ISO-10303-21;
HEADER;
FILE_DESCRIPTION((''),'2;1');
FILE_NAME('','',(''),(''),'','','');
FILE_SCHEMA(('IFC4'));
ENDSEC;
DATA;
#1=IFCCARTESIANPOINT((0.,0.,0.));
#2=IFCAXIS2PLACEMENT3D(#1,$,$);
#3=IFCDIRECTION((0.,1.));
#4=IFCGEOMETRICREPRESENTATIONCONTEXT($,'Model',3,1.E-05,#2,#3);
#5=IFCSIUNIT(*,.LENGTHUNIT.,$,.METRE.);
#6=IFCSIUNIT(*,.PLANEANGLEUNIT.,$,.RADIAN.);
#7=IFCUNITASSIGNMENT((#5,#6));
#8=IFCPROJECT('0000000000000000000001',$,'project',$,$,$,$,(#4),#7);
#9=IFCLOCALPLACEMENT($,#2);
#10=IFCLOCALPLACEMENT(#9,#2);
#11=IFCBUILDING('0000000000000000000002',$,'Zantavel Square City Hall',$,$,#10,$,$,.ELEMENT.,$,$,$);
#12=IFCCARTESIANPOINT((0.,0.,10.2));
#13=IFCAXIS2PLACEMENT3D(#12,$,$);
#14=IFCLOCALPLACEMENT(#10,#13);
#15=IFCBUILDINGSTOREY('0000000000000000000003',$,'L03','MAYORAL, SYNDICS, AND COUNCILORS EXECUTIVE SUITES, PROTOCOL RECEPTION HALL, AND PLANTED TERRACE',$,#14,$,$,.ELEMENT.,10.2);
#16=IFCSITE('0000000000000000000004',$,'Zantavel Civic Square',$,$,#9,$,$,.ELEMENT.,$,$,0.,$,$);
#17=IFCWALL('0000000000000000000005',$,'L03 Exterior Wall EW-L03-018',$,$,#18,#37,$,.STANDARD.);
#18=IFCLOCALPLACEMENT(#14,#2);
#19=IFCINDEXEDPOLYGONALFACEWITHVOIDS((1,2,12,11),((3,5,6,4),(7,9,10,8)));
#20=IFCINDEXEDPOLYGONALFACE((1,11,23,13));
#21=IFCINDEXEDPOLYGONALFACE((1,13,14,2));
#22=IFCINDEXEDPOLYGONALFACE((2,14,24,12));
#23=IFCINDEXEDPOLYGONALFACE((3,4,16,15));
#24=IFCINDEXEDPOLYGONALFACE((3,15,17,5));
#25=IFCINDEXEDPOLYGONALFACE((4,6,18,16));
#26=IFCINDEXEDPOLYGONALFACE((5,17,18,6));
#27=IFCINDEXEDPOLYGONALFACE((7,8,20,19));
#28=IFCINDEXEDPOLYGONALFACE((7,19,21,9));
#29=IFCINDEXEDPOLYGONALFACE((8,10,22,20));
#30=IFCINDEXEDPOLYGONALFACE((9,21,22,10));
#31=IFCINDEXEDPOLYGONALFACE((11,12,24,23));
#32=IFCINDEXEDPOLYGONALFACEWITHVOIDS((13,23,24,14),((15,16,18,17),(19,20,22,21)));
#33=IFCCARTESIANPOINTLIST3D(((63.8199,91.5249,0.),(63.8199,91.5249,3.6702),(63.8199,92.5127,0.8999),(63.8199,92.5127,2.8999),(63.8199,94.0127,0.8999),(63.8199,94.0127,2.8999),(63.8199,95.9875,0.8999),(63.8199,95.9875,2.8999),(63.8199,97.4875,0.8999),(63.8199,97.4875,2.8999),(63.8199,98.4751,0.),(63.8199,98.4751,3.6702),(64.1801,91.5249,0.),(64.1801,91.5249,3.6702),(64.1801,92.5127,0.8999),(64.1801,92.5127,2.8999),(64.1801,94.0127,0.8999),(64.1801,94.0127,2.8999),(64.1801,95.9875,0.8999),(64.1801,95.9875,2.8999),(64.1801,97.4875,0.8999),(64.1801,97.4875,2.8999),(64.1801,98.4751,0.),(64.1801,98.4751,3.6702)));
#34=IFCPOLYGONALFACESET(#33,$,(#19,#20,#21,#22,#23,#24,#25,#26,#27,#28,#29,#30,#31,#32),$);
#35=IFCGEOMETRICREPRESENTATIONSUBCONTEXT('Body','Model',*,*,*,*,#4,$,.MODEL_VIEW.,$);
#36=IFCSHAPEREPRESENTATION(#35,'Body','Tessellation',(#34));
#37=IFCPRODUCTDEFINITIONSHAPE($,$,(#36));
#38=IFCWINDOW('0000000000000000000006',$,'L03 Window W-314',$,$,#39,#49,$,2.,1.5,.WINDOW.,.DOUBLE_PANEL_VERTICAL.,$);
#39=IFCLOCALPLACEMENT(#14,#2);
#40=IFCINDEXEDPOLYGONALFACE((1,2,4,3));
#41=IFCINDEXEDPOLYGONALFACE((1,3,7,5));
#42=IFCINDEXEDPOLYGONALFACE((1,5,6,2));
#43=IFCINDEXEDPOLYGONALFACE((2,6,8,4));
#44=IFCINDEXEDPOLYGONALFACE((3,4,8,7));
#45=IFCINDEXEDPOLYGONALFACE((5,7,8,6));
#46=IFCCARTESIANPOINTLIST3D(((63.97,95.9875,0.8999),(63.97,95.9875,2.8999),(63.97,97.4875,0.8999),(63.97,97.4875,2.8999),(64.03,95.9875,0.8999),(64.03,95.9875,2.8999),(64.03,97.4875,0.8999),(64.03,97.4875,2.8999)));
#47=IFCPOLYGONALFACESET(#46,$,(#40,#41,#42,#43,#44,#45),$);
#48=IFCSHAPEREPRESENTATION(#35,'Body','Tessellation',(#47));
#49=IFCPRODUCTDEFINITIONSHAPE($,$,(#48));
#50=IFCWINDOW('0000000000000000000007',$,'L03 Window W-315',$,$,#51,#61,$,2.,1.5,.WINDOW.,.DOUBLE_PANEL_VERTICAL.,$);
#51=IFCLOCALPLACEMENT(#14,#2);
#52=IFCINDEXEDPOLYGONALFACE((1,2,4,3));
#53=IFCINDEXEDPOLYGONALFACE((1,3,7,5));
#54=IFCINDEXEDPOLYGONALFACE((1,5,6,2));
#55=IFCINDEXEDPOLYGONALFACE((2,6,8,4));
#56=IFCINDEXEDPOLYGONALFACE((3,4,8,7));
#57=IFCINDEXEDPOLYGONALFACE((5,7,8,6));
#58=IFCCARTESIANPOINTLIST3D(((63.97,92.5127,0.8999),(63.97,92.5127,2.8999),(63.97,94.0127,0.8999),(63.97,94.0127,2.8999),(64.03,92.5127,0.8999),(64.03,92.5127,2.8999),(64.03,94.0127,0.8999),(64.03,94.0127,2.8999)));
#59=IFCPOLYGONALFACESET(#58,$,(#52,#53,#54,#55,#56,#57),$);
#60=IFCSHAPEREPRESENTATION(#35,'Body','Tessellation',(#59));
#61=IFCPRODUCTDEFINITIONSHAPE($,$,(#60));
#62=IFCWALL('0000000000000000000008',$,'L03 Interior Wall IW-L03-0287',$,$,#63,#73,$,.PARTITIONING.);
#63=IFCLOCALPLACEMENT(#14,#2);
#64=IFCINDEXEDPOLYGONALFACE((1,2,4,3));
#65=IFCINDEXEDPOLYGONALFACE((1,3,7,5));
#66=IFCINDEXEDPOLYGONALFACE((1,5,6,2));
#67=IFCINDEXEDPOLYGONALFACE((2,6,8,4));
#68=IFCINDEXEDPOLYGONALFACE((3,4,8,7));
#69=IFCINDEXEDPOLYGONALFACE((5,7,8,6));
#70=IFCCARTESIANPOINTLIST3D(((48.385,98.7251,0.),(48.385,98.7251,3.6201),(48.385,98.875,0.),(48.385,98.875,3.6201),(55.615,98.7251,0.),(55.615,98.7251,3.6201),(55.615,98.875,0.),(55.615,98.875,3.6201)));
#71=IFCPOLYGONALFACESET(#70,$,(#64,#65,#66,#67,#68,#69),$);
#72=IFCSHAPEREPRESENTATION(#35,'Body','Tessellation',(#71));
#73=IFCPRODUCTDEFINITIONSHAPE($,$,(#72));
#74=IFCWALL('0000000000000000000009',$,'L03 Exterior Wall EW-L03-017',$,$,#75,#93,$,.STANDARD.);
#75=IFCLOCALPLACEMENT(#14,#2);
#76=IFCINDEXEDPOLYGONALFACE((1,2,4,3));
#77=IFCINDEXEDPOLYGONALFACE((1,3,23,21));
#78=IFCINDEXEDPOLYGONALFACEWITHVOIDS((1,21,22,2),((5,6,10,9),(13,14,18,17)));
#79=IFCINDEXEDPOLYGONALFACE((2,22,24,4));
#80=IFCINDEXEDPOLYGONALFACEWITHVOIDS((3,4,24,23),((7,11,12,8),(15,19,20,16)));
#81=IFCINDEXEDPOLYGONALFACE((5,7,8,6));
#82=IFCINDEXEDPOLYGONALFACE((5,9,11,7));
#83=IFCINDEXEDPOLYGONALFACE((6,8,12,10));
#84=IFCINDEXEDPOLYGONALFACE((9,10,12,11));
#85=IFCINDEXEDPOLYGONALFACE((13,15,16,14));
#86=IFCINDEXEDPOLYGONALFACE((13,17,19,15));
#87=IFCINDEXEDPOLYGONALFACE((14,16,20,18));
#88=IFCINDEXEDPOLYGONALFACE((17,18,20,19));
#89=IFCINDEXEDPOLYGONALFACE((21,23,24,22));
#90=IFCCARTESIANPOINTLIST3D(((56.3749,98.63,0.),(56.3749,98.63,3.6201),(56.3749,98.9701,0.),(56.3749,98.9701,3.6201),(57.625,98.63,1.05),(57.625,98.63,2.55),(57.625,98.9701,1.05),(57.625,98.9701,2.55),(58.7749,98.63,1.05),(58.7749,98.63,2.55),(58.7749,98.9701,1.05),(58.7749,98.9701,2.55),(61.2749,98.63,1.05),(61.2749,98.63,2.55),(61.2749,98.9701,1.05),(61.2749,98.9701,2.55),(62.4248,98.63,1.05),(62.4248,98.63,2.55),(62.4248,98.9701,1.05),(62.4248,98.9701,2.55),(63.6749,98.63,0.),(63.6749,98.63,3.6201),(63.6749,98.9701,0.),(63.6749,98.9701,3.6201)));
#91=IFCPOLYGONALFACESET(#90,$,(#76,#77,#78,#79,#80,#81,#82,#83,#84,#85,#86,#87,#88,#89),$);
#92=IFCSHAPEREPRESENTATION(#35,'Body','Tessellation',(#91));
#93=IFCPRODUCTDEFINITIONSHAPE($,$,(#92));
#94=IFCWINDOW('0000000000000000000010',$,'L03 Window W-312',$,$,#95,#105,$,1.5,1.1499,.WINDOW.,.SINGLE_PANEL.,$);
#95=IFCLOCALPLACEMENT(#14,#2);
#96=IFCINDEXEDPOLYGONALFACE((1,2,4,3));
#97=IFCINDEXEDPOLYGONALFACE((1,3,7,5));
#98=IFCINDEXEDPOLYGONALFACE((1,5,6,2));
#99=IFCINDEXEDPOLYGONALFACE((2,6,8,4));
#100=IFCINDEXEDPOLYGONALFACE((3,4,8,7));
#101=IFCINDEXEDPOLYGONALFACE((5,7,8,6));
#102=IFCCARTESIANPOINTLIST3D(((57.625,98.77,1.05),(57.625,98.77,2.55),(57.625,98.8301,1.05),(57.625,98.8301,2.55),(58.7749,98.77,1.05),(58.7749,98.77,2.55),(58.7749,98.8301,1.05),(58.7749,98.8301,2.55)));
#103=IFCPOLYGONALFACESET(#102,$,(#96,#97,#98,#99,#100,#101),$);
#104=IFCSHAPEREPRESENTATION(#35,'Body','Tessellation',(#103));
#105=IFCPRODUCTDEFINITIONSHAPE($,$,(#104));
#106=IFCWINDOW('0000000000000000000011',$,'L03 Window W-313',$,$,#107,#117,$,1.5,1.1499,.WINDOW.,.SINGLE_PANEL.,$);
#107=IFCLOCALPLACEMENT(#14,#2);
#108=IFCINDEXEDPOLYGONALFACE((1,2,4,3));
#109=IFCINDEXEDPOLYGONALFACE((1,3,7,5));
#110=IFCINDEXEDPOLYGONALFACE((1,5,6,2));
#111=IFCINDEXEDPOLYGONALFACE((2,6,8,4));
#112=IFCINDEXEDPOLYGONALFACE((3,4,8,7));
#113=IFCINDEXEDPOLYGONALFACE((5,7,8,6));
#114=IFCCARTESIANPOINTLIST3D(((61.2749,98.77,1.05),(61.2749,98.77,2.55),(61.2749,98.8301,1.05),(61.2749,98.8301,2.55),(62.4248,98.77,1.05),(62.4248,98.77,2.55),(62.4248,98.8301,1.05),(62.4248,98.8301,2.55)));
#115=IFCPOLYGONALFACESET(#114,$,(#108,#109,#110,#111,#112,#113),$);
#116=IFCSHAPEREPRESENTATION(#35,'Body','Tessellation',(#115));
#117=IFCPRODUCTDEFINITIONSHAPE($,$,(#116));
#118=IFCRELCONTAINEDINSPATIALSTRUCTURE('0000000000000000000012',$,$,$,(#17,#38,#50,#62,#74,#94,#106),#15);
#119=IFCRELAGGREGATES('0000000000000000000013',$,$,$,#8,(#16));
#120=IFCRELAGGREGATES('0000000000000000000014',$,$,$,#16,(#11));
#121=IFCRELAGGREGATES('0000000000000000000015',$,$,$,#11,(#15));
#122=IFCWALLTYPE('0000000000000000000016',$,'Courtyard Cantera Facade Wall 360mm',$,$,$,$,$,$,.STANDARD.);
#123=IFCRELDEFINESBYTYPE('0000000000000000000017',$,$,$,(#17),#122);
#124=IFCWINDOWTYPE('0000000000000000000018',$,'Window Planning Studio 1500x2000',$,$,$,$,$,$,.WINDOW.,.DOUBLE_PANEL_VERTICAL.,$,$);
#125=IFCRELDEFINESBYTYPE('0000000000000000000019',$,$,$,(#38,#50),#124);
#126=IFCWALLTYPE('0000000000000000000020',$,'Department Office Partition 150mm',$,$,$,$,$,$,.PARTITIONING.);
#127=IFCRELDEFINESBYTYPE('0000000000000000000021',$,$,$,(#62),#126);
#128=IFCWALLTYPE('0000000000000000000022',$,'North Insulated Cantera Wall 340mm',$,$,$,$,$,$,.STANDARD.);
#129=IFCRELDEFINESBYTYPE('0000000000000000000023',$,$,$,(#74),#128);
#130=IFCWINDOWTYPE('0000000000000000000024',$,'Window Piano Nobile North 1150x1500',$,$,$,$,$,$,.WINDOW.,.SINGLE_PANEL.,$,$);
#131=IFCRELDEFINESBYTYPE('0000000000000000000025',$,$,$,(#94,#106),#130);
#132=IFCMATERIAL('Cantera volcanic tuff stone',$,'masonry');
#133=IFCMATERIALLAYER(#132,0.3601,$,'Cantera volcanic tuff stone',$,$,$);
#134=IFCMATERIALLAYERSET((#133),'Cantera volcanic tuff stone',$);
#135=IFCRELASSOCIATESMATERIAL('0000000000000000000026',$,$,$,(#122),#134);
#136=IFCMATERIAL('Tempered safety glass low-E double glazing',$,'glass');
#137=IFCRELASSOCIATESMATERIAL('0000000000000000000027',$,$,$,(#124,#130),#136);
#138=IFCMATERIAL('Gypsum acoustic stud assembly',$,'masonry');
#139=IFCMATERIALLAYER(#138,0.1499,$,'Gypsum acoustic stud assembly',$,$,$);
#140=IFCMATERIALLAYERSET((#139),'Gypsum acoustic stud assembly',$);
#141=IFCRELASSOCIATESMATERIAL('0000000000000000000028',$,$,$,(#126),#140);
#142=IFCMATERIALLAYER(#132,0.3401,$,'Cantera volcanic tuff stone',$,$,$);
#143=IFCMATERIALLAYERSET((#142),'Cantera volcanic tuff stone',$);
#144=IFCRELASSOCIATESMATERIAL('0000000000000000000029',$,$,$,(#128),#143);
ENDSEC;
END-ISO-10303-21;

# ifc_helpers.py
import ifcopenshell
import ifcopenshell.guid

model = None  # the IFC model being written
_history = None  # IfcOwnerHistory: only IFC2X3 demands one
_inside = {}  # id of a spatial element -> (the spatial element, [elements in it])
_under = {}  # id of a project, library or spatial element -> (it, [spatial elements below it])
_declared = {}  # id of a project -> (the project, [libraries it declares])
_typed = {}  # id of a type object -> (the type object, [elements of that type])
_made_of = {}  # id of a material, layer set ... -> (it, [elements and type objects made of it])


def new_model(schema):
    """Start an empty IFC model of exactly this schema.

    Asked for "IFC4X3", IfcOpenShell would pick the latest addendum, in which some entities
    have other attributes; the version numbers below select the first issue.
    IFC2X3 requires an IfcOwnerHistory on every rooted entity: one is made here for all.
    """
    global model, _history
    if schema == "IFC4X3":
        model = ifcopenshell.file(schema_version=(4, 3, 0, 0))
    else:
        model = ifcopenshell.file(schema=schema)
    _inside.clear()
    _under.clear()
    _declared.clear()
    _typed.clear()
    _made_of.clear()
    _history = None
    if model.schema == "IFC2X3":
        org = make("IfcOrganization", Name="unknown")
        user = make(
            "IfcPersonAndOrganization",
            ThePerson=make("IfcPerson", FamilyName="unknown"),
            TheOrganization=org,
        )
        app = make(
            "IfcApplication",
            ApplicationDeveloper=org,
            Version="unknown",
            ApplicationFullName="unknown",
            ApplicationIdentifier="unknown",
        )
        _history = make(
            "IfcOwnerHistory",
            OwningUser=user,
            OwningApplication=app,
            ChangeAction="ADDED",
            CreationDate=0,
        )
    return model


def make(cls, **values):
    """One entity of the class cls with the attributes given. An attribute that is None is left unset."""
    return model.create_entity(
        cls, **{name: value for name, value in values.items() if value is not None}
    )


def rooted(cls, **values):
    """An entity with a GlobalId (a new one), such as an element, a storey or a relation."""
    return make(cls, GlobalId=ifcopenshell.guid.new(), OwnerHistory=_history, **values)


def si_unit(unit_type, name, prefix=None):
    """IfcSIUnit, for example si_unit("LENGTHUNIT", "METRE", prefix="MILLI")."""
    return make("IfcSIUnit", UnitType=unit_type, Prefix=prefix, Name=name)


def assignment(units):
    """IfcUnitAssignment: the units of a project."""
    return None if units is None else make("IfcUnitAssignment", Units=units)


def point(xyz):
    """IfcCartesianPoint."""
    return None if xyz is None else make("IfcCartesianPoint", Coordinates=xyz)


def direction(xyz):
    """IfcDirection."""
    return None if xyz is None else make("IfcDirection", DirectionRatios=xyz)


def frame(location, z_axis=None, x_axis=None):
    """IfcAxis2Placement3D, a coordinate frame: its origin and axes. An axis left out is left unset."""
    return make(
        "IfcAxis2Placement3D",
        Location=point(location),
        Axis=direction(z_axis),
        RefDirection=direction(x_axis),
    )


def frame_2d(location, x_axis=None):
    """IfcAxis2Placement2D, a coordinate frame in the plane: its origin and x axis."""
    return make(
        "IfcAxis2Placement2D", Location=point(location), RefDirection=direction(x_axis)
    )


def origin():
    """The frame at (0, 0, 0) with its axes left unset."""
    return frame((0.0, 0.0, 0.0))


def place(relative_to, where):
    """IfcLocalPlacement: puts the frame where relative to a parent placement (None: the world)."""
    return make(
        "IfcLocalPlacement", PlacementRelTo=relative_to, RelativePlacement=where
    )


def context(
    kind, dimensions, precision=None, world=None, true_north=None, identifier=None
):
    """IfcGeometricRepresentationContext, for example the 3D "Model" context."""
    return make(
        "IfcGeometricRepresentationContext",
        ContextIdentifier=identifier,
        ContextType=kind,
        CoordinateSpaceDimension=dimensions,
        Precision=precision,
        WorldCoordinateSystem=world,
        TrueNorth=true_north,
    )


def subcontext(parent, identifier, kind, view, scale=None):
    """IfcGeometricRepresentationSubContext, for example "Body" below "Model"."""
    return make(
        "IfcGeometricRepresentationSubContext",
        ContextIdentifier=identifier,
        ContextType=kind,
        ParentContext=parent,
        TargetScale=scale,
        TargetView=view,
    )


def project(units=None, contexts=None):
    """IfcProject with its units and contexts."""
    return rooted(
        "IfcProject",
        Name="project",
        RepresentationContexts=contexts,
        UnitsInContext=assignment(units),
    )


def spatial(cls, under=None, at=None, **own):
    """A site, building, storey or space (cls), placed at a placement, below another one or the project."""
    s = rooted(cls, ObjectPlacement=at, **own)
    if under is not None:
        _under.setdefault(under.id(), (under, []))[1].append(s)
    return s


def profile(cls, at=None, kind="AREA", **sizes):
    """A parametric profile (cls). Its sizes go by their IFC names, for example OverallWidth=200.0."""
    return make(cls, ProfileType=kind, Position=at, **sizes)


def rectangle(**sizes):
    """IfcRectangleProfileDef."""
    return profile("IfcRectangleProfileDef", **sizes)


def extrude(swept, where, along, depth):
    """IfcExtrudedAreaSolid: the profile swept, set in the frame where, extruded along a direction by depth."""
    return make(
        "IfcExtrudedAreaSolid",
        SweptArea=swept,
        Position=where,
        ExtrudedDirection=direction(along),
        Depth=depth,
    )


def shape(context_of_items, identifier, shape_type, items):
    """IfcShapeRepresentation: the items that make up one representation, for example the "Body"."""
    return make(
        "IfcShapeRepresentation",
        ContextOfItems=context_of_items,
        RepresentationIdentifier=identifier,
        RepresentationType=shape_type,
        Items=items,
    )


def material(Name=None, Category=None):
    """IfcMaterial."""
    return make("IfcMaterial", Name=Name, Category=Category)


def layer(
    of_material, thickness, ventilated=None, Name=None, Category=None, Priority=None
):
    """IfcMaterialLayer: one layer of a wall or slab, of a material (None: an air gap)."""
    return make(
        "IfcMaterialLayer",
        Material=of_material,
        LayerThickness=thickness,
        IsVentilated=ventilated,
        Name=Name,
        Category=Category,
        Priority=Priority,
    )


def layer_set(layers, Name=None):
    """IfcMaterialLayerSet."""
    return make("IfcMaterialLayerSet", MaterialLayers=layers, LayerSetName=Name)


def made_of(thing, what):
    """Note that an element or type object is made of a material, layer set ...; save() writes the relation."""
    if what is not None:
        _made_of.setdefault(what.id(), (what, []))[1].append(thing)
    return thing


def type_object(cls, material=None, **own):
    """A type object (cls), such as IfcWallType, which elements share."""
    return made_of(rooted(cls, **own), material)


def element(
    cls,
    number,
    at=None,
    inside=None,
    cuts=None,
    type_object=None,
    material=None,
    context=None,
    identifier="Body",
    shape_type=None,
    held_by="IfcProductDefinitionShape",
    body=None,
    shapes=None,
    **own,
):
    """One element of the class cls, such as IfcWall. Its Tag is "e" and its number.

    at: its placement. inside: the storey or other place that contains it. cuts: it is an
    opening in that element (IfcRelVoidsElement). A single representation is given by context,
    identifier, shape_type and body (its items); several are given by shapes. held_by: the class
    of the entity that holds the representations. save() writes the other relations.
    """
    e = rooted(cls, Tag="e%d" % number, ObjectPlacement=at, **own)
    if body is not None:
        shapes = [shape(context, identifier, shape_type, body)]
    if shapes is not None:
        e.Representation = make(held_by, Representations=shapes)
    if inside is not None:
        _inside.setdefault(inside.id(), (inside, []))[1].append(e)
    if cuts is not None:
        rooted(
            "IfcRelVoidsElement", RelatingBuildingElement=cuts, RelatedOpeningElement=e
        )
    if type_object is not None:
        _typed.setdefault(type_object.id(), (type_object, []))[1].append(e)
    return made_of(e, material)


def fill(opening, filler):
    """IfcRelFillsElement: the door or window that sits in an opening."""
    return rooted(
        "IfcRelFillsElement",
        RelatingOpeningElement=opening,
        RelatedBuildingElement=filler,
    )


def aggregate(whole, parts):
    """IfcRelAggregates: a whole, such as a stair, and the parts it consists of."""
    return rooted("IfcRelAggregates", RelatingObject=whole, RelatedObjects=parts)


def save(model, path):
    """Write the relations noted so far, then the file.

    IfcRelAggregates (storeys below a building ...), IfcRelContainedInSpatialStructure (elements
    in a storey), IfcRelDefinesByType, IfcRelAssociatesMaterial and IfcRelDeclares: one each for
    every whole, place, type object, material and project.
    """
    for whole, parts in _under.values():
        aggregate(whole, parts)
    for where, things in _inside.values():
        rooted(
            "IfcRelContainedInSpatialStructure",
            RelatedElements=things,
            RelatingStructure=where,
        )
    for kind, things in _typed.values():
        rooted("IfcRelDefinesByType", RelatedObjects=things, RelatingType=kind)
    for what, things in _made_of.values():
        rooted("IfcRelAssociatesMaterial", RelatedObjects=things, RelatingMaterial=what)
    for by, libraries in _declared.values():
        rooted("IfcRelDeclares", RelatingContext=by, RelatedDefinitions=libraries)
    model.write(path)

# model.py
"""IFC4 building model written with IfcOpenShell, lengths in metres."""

from ifc_helpers import new_model, si_unit, direction, frame, frame_2d, origin, place, context, subcontext, project, spatial, rectangle, extrude, material, layer, layer_set, type_object, element, fill, save


model = new_model("IFC4")

# Units and contexts
model_context = context("Model", 3, precision=1e-05, world=origin(), true_north=direction((0.0, 1.0)))
body_context = subcontext(model_context, "Body", "Model", "MODEL_VIEW")
ifc_project = project(units=[si_unit("LENGTHUNIT", "METRE"), si_unit("PLANEANGLEUNIT", "RADIAN")], contexts=[model_context])

# Site, building, storey
site_placement = place(None, origin())
site = spatial("IfcSite", under=ifc_project, at=site_placement, Name="Zantavel Civic Square", CompositionType="ELEMENT", RefElevation=0.0)
building_placement = place(site_placement, origin())
building = spatial("IfcBuilding", under=site, at=building_placement, Name="Zantavel Square City Hall", CompositionType="ELEMENT")
storey_placement = place(building_placement, frame((0.0, 0.0, 10.2)))
storey = spatial("IfcBuildingStorey", under=building, at=storey_placement, Name="L03", Description="MAYORAL, SYNDICS, AND COUNCILORS EXECUTIVE SUITES, PROTOCOL RECEPTION HALL, AND PLANTED TERRACE", CompositionType="ELEMENT", Elevation=10.2)

# Wall, openings, windows
ifc_material_1 = material(Name="Cantera volcanic tuff stone", Category="masonry")
ifc_layer_1 = layer(ifc_material_1, 0.3601, Name="Cantera volcanic tuff stone")
ifc_layer_set_1 = layer_set([ifc_layer_1], Name="Cantera volcanic tuff stone")
wall_type_1 = type_object("IfcWallType", Name="Courtyard Cantera Facade Wall 360mm", PredefinedType="STANDARD", material=ifc_layer_set_1)
wall_1_placement = place(storey_placement, frame((64.0, 98.4751, 0.0), z_axis=(0.0, 0.0, 1.0), x_axis=(0.0, -1.0, 0.0)))
wall_1 = element("IfcWall", 1, at=wall_1_placement, inside=storey, type_object=wall_type_1, Name="L03 Exterior Wall EW-L03-018", PredefinedType="STANDARD", context=body_context, shape_type="SweptSolid", body=[
    extrude(rectangle(XDim=6.9502, YDim=0.3601, at=frame_2d((3.4751, 0.0))), origin(), (0.0, 0.0, 1.0), 3.6702),
])
opening_1_placement = place(wall_1_placement, frame((0.9875, 0.0, 0.8999)))
opening_1 = element("IfcOpeningElement", 2, at=opening_1_placement, cuts=wall_1, PredefinedType="OPENING", context=body_context, shape_type="SweptSolid", body=[
    extrude(rectangle(XDim=1.5, YDim=2.0, at=frame_2d((0.75, 1.0))), frame((0.0, 0.1899, 0.0), z_axis=(0.0, -1.0, 0.0), x_axis=(1.0, 0.0, 0.0)), (0.0, 0.0, 1.0), 0.3801),
])
opening_2_placement = place(wall_1_placement, frame((4.4624, 0.0, 0.8999)))
opening_2 = element("IfcOpeningElement", 3, at=opening_2_placement, cuts=wall_1, PredefinedType="OPENING", context=body_context, shape_type="SweptSolid", body=[
    extrude(rectangle(XDim=1.5, YDim=2.0, at=frame_2d((0.75, 1.0))), frame((0.0, 0.1899, 0.0), z_axis=(0.0, -1.0, 0.0), x_axis=(1.0, 0.0, 0.0)), (0.0, 0.0, 1.0), 0.3801),
])
ifc_material_2 = material(Name="Tempered safety glass low-E double glazing", Category="glass")
window_type_1 = type_object("IfcWindowType", Name="Window Planning Studio 1500x2000", PartitioningType="DOUBLE_PANEL_VERTICAL", PredefinedType="WINDOW", material=ifc_material_2)
window_1_placement = place(opening_1_placement, origin())
window_1 = element("IfcWindow", 4, at=window_1_placement, inside=storey, type_object=window_type_1, Name="L03 Window W-314", OverallHeight=2.0, OverallWidth=1.5, PartitioningType="DOUBLE_PANEL_VERTICAL", PredefinedType="WINDOW", context=body_context, shape_type="SweptSolid", body=[
    extrude(rectangle(XDim=1.5, YDim=2.0, at=frame_2d((0.75, 1.0))), frame((0.0, 0.03, 0.0), z_axis=(0.0, -1.0, 0.0), x_axis=(1.0, 0.0, 0.0)), (0.0, 0.0, 1.0), 0.0601),
])
fill(opening_1, window_1)
window_2_placement = place(opening_2_placement, origin())
window_2 = element("IfcWindow", 5, at=window_2_placement, inside=storey, type_object=window_type_1, Name="L03 Window W-315", OverallHeight=2.0, OverallWidth=1.5, PartitioningType="DOUBLE_PANEL_VERTICAL", PredefinedType="WINDOW", context=body_context, shape_type="SweptSolid", body=[
    extrude(rectangle(XDim=1.5, YDim=2.0, at=frame_2d((0.75, 1.0))), frame((0.0, 0.03, 0.0), z_axis=(0.0, -1.0, 0.0), x_axis=(1.0, 0.0, 0.0)), (0.0, 0.0, 1.0), 0.0601),
])
fill(opening_2, window_2)

# Wall
ifc_material_3 = material(Name="Gypsum acoustic stud assembly", Category="masonry")
ifc_layer_2 = layer(ifc_material_3, 0.1499, Name="Gypsum acoustic stud assembly")
ifc_layer_set_2 = layer_set([ifc_layer_2], Name="Gypsum acoustic stud assembly")
wall_type_2 = type_object("IfcWallType", Name="Department Office Partition 150mm", PredefinedType="PARTITIONING", material=ifc_layer_set_2)
wall_2_placement = place(storey_placement, frame((48.385, 98.8, 0.0), z_axis=(0.0, 0.0, 1.0), x_axis=(1.0, 0.0, 0.0)))
element("IfcWall", 6, at=wall_2_placement, inside=storey, type_object=wall_type_2, Name="L03 Interior Wall IW-L03-0287", PredefinedType="PARTITIONING", context=body_context, shape_type="SweptSolid", body=[
    extrude(rectangle(XDim=7.23, YDim=0.1499, at=frame_2d((3.615, 0.0))), origin(), (0.0, 0.0, 1.0), 3.6201),
])

# Wall, openings, windows
ifc_layer_3 = layer(ifc_material_1, 0.3401, Name="Cantera volcanic tuff stone")
ifc_layer_set_3 = layer_set([ifc_layer_3], Name="Cantera volcanic tuff stone")
wall_type_3 = type_object("IfcWallType", Name="North Insulated Cantera Wall 340mm", PredefinedType="STANDARD", material=ifc_layer_set_3)
wall_3_placement = place(storey_placement, frame((56.375, 98.8, 0.0), z_axis=(0.0, 0.0, 1.0), x_axis=(1.0, 0.0, 0.0)))
wall_3 = element("IfcWall", 7, at=wall_3_placement, inside=storey, type_object=wall_type_3, Name="L03 Exterior Wall EW-L03-017", PredefinedType="STANDARD", context=body_context, shape_type="SweptSolid", body=[
    extrude(rectangle(XDim=7.3, YDim=0.3401, at=frame_2d((3.6499, 0.0))), origin(), (0.0, 0.0, 1.0), 3.6201),
])
opening_3_placement = place(wall_3_placement, frame((1.25, 0.0, 1.05)))
opening_3 = element("IfcOpeningElement", 8, at=opening_3_placement, cuts=wall_3, PredefinedType="OPENING", context=body_context, shape_type="SweptSolid", body=[
    extrude(rectangle(XDim=1.1499, YDim=1.5, at=frame_2d((0.575, 0.75))), frame((0.0, 0.1799, 0.0), z_axis=(0.0, -1.0, 0.0), x_axis=(1.0, 0.0, 0.0)), (0.0, 0.0, 1.0), 0.3601),
])
opening_4_placement = place(wall_3_placement, frame((4.8999, 0.0, 1.05)))
opening_4 = element("IfcOpeningElement", 9, at=opening_4_placement, cuts=wall_3, PredefinedType="OPENING", context=body_context, shape_type="SweptSolid", body=[
    extrude(rectangle(XDim=1.1499, YDim=1.5, at=frame_2d((0.575, 0.75))), frame((0.0, 0.1799, 0.0), z_axis=(0.0, -1.0, 0.0), x_axis=(1.0, 0.0, 0.0)), (0.0, 0.0, 1.0), 0.3601),
])
window_type_2 = type_object("IfcWindowType", Name="Window Piano Nobile North 1150x1500", PartitioningType="SINGLE_PANEL", PredefinedType="WINDOW", material=ifc_material_2)
window_3_placement = place(opening_3_placement, origin())
window_3 = element("IfcWindow", 10, at=window_3_placement, inside=storey, type_object=window_type_2, Name="L03 Window W-312", OverallHeight=1.5, OverallWidth=1.1499, PartitioningType="SINGLE_PANEL", PredefinedType="WINDOW", context=body_context, shape_type="SweptSolid", body=[
    extrude(rectangle(XDim=1.1499, YDim=1.5, at=frame_2d((0.575, 0.75))), frame((0.0, 0.03, 0.0), z_axis=(0.0, -1.0, 0.0), x_axis=(1.0, 0.0, 0.0)), (0.0, 0.0, 1.0), 0.0601),
])
fill(opening_3, window_3)
window_4_placement = place(opening_4_placement, origin())
window_4 = element("IfcWindow", 11, at=window_4_placement, inside=storey, type_object=window_type_2, Name="L03 Window W-313", OverallHeight=1.5, OverallWidth=1.1499, PartitioningType="SINGLE_PANEL", PredefinedType="WINDOW", context=body_context, shape_type="SweptSolid", body=[
    extrude(rectangle(XDim=1.1499, YDim=1.5, at=frame_2d((0.575, 0.75))), frame((0.0, 0.03, 0.0), z_axis=(0.0, -1.0, 0.0), x_axis=(1.0, 0.0, 0.0)), (0.0, 0.0, 1.0), 0.0601),
])
fill(opening_4, window_4)

save(model, "model.ifc")
